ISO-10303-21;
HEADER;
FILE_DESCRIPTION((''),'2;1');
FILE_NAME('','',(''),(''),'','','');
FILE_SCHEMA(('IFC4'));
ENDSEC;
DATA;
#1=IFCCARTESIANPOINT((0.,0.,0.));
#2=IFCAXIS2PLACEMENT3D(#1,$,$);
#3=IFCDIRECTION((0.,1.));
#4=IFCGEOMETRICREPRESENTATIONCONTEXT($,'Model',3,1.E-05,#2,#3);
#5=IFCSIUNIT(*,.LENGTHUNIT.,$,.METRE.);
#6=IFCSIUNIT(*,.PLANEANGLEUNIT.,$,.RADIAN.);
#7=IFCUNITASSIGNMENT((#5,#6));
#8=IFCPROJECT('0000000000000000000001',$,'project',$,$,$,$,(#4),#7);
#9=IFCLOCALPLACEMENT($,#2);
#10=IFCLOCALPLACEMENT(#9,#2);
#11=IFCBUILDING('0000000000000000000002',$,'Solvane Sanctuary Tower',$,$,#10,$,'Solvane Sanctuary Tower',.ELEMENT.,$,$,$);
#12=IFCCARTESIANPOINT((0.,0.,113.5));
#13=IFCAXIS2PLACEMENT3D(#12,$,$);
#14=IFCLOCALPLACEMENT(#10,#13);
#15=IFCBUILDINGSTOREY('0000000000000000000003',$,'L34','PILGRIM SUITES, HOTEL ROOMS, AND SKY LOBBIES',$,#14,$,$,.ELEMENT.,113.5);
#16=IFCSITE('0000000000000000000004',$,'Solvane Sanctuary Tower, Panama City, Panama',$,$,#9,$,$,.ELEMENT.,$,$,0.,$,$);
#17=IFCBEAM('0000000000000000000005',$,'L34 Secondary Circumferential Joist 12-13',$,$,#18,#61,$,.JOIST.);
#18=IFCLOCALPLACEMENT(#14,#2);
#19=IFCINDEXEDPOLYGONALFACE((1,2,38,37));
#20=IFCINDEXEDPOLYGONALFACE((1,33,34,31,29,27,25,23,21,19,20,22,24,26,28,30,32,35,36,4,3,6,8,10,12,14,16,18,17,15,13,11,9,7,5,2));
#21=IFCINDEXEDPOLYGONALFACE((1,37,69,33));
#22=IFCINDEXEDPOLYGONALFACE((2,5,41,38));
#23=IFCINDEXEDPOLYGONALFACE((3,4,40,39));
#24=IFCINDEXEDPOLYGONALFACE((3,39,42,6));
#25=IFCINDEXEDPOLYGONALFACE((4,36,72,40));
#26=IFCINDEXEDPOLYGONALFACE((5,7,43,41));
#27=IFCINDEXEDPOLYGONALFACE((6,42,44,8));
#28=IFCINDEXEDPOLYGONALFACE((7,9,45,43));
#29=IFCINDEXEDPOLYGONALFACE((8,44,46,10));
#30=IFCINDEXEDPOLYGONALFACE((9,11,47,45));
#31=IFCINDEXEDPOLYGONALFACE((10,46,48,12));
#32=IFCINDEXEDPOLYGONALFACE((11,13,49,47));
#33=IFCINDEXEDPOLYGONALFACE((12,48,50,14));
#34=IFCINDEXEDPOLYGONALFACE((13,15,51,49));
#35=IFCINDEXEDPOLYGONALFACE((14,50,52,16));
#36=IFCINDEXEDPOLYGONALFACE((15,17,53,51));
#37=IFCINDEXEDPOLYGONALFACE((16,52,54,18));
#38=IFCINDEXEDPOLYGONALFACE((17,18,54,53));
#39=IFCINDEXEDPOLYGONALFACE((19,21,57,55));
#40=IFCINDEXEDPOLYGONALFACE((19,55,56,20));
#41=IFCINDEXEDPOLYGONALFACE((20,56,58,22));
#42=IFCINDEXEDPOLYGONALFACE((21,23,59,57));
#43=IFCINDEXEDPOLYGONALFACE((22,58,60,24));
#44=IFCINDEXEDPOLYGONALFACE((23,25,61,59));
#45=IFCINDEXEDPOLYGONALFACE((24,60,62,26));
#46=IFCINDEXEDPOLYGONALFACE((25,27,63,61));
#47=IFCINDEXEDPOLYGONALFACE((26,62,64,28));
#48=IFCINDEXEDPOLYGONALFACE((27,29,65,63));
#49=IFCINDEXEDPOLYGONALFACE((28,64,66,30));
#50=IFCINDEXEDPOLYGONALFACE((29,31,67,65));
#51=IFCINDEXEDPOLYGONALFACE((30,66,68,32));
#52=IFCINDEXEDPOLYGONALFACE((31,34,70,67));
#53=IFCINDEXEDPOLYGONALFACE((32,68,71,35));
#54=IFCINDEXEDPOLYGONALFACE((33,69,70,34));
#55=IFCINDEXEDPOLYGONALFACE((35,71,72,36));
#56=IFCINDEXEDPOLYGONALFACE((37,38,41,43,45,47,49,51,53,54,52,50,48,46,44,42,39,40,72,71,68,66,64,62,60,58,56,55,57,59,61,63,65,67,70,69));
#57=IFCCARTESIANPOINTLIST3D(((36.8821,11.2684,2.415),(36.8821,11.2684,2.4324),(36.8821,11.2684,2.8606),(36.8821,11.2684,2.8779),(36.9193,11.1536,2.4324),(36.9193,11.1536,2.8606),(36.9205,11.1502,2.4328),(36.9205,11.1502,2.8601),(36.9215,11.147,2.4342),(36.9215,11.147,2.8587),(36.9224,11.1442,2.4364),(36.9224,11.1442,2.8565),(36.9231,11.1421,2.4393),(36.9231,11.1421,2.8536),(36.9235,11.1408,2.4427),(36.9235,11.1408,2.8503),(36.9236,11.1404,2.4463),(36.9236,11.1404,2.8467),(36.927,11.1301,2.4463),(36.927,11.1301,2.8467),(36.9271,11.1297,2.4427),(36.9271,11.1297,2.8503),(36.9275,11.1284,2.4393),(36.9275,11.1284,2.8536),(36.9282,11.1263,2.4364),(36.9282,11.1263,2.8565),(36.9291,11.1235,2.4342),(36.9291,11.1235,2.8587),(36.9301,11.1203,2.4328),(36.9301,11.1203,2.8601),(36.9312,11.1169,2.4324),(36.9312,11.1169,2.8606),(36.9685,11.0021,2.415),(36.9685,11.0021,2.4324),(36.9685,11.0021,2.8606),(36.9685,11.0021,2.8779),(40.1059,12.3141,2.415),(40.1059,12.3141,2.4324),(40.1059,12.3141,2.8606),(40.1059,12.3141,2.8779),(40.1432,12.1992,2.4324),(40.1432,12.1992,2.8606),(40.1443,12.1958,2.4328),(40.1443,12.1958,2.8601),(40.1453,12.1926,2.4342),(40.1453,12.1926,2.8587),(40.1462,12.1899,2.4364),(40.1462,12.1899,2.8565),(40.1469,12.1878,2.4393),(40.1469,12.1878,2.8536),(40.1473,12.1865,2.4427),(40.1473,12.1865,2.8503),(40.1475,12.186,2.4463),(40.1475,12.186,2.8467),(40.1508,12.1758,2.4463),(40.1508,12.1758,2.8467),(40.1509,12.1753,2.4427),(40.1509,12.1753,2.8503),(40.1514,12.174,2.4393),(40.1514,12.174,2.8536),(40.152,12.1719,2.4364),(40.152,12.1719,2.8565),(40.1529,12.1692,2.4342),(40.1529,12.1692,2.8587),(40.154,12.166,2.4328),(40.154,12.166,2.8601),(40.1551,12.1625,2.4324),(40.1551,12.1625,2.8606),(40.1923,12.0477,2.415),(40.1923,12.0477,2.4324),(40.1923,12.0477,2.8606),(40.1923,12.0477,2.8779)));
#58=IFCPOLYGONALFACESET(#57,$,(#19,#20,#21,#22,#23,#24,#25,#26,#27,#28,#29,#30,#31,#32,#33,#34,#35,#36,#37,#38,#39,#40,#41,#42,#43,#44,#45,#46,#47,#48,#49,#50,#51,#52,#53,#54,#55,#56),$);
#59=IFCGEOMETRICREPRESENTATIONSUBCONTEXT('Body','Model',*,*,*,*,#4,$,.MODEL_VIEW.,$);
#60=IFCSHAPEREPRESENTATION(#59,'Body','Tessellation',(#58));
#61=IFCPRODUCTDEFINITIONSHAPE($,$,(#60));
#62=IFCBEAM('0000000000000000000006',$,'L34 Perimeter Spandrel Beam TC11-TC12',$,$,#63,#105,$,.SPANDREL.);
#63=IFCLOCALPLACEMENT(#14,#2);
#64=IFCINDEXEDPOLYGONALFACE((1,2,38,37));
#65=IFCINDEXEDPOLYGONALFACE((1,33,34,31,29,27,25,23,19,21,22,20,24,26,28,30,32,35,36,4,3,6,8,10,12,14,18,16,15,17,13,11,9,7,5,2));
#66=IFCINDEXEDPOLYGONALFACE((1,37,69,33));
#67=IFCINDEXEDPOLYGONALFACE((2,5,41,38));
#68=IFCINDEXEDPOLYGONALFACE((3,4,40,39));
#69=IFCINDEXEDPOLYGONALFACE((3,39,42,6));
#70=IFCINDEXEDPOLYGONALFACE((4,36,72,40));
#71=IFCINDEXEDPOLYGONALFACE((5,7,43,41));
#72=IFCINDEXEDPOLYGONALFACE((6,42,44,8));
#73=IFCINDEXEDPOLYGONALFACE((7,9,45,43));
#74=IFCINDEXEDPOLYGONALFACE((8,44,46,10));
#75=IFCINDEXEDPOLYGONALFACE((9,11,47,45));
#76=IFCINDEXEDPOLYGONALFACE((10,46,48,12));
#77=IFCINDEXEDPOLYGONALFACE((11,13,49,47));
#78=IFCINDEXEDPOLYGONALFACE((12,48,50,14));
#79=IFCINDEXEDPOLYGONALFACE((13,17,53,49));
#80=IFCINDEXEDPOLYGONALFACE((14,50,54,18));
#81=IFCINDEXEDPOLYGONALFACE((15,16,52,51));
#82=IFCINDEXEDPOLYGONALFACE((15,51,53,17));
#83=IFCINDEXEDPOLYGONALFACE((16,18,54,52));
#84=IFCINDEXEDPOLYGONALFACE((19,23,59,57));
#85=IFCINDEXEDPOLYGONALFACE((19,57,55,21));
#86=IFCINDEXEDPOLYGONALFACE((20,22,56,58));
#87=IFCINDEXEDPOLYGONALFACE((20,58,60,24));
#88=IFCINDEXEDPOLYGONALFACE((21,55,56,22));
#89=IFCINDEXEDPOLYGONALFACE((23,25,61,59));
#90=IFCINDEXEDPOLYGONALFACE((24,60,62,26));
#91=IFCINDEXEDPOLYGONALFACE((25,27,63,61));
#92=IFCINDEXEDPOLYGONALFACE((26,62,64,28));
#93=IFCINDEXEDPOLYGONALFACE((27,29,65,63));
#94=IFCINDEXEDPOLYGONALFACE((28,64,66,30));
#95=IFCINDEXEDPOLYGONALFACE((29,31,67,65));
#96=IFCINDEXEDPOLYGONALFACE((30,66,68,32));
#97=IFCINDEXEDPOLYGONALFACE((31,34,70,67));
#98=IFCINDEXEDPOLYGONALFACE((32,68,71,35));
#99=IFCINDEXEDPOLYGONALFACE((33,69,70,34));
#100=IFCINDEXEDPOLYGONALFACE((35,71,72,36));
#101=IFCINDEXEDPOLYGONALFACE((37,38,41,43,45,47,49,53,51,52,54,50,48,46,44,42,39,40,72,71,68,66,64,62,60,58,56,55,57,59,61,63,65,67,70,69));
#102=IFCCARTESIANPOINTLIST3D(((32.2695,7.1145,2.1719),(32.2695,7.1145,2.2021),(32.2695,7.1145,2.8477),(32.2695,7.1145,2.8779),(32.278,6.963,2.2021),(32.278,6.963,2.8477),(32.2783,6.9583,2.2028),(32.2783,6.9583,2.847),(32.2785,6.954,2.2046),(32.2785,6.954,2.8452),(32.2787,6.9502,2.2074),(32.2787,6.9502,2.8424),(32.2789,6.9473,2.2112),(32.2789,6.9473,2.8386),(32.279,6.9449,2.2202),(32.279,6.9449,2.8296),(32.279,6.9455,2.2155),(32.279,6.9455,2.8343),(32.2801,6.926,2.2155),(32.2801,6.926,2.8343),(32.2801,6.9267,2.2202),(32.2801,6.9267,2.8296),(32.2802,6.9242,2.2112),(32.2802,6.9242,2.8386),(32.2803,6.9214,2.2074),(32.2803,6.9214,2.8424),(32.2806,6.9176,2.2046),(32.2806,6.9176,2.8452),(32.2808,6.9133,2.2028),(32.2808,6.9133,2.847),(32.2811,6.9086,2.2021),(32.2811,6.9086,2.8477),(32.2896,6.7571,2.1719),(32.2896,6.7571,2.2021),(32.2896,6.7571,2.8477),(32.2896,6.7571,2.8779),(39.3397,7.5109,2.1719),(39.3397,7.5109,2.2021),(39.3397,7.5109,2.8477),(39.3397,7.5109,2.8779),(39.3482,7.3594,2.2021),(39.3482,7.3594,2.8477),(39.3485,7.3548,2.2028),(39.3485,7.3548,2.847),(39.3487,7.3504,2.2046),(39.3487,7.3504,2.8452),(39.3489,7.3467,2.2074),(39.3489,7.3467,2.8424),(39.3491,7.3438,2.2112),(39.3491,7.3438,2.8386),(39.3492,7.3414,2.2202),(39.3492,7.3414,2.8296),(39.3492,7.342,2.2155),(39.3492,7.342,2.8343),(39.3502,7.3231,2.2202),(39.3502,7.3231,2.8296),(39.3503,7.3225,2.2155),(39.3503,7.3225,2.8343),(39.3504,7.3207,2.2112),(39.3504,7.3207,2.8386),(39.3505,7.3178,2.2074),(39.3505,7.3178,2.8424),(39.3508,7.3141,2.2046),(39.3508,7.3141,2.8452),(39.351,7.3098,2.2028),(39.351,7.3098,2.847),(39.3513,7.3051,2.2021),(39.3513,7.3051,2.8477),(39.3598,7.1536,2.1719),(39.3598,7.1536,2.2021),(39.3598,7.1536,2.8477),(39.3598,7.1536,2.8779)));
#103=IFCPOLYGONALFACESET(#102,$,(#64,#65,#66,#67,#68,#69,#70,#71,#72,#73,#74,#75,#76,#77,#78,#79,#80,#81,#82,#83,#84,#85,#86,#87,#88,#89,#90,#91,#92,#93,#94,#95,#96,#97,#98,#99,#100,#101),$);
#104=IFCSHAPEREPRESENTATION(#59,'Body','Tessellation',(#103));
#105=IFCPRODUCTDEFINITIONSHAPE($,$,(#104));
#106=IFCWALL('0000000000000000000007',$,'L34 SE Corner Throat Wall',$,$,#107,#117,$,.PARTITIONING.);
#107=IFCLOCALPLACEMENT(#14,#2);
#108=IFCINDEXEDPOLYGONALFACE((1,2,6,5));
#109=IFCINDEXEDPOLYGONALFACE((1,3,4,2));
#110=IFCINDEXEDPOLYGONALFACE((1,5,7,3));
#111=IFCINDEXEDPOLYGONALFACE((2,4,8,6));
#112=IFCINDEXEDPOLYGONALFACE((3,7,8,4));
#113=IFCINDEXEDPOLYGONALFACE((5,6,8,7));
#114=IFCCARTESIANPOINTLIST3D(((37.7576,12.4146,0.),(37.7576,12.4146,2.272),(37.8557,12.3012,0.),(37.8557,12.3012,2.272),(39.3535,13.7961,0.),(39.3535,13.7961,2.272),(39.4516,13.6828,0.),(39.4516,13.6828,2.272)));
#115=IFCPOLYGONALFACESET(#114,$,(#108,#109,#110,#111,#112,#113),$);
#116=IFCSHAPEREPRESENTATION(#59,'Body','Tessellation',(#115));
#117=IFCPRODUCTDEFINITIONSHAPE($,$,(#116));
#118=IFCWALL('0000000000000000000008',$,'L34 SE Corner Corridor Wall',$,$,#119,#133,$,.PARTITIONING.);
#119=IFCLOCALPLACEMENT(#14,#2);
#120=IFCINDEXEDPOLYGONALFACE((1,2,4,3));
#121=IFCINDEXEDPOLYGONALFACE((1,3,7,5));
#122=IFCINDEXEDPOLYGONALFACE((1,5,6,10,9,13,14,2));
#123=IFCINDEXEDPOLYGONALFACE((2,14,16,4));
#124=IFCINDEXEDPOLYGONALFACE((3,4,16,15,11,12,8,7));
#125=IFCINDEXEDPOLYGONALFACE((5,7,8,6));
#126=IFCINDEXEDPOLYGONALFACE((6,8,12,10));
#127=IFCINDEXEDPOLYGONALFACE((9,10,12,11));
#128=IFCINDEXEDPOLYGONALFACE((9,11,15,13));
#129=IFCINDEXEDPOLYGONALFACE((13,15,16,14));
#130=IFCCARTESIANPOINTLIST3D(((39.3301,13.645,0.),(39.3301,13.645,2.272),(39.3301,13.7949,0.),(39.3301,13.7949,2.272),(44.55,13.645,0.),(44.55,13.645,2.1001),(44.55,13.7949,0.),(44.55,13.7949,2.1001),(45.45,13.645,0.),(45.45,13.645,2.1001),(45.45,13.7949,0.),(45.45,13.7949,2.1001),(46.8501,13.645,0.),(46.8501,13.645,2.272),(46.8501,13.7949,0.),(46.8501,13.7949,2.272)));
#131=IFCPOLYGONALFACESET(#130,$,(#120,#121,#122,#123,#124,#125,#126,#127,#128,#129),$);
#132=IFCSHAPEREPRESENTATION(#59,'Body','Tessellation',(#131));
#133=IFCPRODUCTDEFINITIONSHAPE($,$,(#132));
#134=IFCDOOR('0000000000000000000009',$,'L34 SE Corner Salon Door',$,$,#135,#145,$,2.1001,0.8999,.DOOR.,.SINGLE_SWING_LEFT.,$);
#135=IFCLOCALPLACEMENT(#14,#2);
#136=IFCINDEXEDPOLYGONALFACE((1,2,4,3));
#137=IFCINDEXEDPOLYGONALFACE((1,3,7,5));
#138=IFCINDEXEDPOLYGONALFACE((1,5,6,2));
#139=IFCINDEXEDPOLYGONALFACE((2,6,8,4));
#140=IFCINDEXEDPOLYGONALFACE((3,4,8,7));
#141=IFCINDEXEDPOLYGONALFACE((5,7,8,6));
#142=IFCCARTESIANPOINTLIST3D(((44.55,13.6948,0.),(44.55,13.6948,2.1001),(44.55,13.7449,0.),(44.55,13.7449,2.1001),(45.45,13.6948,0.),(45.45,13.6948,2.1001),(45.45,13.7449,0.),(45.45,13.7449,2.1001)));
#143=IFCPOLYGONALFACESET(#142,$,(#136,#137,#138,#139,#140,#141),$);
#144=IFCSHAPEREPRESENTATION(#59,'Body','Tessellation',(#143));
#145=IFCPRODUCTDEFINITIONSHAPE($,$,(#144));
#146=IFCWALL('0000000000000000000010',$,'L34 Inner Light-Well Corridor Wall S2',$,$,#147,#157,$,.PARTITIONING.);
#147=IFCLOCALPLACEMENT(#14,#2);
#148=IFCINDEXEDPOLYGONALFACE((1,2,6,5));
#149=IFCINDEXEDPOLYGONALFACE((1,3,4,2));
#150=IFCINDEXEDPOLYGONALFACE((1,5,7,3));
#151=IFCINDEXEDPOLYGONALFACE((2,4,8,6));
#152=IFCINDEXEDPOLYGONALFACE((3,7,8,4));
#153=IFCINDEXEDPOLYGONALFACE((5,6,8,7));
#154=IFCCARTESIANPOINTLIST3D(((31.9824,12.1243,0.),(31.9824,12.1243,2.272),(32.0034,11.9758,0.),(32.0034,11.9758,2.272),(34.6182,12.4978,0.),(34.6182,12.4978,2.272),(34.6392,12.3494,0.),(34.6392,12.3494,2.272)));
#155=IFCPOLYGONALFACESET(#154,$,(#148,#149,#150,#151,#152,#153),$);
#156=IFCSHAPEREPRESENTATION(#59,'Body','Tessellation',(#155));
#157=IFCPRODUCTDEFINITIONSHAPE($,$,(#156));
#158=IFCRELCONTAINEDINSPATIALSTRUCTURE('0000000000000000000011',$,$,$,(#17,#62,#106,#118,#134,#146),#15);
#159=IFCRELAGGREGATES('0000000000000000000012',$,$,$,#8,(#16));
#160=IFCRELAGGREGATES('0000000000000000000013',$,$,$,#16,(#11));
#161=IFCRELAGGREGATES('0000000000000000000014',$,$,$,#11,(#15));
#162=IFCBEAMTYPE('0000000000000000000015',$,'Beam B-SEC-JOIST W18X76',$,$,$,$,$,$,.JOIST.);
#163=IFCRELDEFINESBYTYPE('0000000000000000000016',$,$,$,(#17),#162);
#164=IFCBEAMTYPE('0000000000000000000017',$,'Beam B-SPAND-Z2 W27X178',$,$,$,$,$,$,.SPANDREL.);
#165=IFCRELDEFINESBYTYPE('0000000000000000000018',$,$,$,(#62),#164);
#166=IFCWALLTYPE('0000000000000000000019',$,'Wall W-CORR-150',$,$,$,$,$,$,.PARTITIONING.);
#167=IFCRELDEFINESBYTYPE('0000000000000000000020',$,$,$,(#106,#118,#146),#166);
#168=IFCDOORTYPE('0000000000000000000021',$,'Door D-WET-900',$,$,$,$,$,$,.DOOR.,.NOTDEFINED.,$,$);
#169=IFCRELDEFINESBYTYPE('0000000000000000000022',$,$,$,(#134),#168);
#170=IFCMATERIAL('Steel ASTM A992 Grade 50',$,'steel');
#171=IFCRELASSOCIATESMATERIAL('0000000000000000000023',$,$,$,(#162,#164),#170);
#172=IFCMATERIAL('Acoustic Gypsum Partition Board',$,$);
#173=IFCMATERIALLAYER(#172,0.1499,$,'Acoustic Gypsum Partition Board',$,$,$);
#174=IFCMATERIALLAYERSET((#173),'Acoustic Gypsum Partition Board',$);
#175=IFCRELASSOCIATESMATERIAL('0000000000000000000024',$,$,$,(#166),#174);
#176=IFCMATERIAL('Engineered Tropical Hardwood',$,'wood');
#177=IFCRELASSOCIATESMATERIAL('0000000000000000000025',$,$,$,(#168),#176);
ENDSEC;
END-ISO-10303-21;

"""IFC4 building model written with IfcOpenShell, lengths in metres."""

from ifc_helpers import new_model, si_unit, direction, frame, frame_2d, origin, origin_2d, place, context, subcontext, project, spatial, rectangle, i_section, extrude, material, layer, layer_set, material_profile, profile_set, type_object, element, fill, save


model = new_model("IFC4")

# Units and contexts
model_context = context("Model", 3, precision=1e-05, world=origin(), true_north=direction((0.0, 1.0)))
body_context = subcontext(model_context, "Body", "Model", "MODEL_VIEW")
ifc_project = project(units=[si_unit("LENGTHUNIT", "METRE"), si_unit("PLANEANGLEUNIT", "RADIAN")], contexts=[model_context])

# Site, building, storey
site_placement = place(None, origin())
site = spatial("IfcSite", under=ifc_project, at=site_placement, Name="Solvane Sanctuary Tower, Panama City, Panama", CompositionType="ELEMENT", RefElevation=0.0)
building_placement = place(site_placement, origin())
building = spatial("IfcBuilding", under=site, at=building_placement, Name="Solvane Sanctuary Tower", LongName="Solvane Sanctuary Tower", CompositionType="ELEMENT")
storey_placement = place(building_placement, frame((0.0, 0.0, 113.5)))
storey = spatial("IfcBuildingStorey", under=building, at=storey_placement, Name="L34", Description="PILGRIM SUITES, HOTEL ROOMS, AND SKY LOBBIES", CompositionType="ELEMENT", Elevation=113.5)

# Beams
ifc_material_1 = material(Name="Steel ASTM A992 Grade 50", Category="steel")
ifc_material_profile_1 = material_profile(ifc_material_1, i_section(OverallWidth=0.28, OverallDepth=0.4629, WebThickness=0.0107, FlangeThickness=0.0173, FilletRadius=0.0139, at=origin_2d()), Name="W18X76")
ifc_profile_set_1 = profile_set([ifc_material_profile_1], Name="Steel ASTM A992 Grade 50")
beam_type_1 = type_object("IfcBeamType", Name="Beam B-SEC-JOIST W18X76", PredefinedType="JOIST", material=ifc_profile_set_1)
beam_1_placement = place(storey_placement, frame((36.9253, 11.1353, 2.6465), z_axis=(0.951217, 0.308524, 0.0), x_axis=(-0.308524, 0.951217, 0.0)))
element("IfcBeam", 1, at=beam_1_placement, inside=storey, type_object=beam_type_1, Name="L34 Secondary Circumferential Joist 12-13", PredefinedType="JOIST", context=body_context, shape_type="SweptSolid", body=[
    extrude(i_section(OverallWidth=0.28, OverallDepth=0.4629, WebThickness=0.0107, FlangeThickness=0.0173, FilletRadius=0.0139, at=origin_2d()), origin(), (0.0, 0.0, 1.0), 3.3892),
])
ifc_material_profile_2 = material_profile(ifc_material_1, i_section(OverallWidth=0.3579, OverallDepth=0.7061, WebThickness=0.0183, FlangeThickness=0.0303, FilletRadius=0.0181, at=origin_2d()), Name="W27X178")
ifc_profile_set_2 = profile_set([ifc_material_profile_2], Name="Steel ASTM A992 Grade 50")
beam_type_2 = type_object("IfcBeamType", Name="Beam B-SPAND-Z2 W27X178", PredefinedType="SPANDREL", material=ifc_profile_set_2)
beam_2_placement = place(storey_placement, frame((32.2795, 6.9358, 2.5249), z_axis=(0.998431, 0.055989, 0.0), x_axis=(-0.055989, 0.998431, 0.0)))
element("IfcBeam", 2, at=beam_2_placement, inside=storey, type_object=beam_type_2, Name="L34 Perimeter Spandrel Beam TC11-TC12", PredefinedType="SPANDREL", context=body_context, shape_type="SweptSolid", body=[
    extrude(i_section(OverallWidth=0.3579, OverallDepth=0.7061, WebThickness=0.0183, FlangeThickness=0.0303, FilletRadius=0.0181, at=origin_2d()), origin(), (0.0, 0.0, 1.0), 7.0813),
])

# Wall
ifc_material_2 = material(Name="Acoustic Gypsum Partition Board")
ifc_layer_1 = layer(ifc_material_2, 0.1499, Name="Acoustic Gypsum Partition Board")
ifc_layer_set_1 = layer_set([ifc_layer_1], Name="Acoustic Gypsum Partition Board")
wall_type_1 = type_object("IfcWallType", Name="Wall W-CORR-150", PredefinedType="PARTITIONING", material=ifc_layer_set_1)
wall_1_placement = place(storey_placement, frame((37.8066, 12.3579, 0.0), z_axis=(0.0, 0.0, 1.0), x_axis=(0.756055, 0.654508, 0.0)))
element("IfcWall", 3, at=wall_1_placement, inside=storey, type_object=wall_type_1, Name="L34 SE Corner Throat Wall", PredefinedType="PARTITIONING", context=body_context, shape_type="SweptSolid", body=[
    extrude(rectangle(XDim=2.1108, YDim=0.1499, at=frame_2d((1.0554, 0.0))), origin(), (0.0, 0.0, 1.0), 2.272),
])

# Wall, opening, door
wall_2_placement = place(storey_placement, frame((39.3301, 13.72, 0.0), z_axis=(0.0, 0.0, 1.0), x_axis=(1.0, 0.0, 0.0)))
wall_2 = element("IfcWall", 4, at=wall_2_placement, inside=storey, type_object=wall_type_1, Name="L34 SE Corner Corridor Wall", PredefinedType="PARTITIONING", context=body_context, shape_type="SweptSolid", body=[
    extrude(rectangle(XDim=7.52, YDim=0.1499, at=frame_2d((3.76, 0.0))), origin(), (0.0, 0.0, 1.0), 2.272),
])
opening_1_placement = place(wall_2_placement, frame((5.22, 0.0, 0.0)))
opening_1 = element("IfcOpeningElement", 5, at=opening_1_placement, cuts=wall_2, PredefinedType="OPENING", context=body_context, shape_type="SweptSolid", body=[
    extrude(rectangle(XDim=0.8999, YDim=2.1001, at=frame_2d((0.45, 1.05))), frame((0.0, 0.085, 0.0), z_axis=(0.0, -1.0, 0.0), x_axis=(1.0, 0.0, 0.0)), (0.0, 0.0, 1.0), 0.1699),
])
ifc_material_3 = material(Name="Engineered Tropical Hardwood", Category="wood")
door_type_1 = type_object("IfcDoorType", Name="Door D-WET-900", OperationType="NOTDEFINED", PredefinedType="DOOR", material=ifc_material_3)
door_1_placement = place(opening_1_placement, origin())
door_1 = element("IfcDoor", 6, at=door_1_placement, inside=storey, type_object=door_type_1, Name="L34 SE Corner Salon Door", OperationType="SINGLE_SWING_LEFT", OverallHeight=2.1001, OverallWidth=0.8999, PredefinedType="DOOR", context=body_context, shape_type="SweptSolid", body=[
    extrude(rectangle(XDim=0.8999, YDim=2.1001, at=frame_2d((0.45, 1.05))), frame((0.0, 0.0249, 0.0), z_axis=(0.0, -1.0, 0.0), x_axis=(1.0, 0.0, 0.0)), (0.0, 0.0, 1.0), 0.05),
])
fill(opening_1, door_1)

# Wall
wall_3_placement = place(storey_placement, frame((31.9929, 12.05, 0.0), z_axis=(0.0, 0.0, 1.0), x_axis=(0.990107, 0.140317, 0.0)))
element("IfcWall", 7, at=wall_3_placement, inside=storey, type_object=wall_type_1, Name="L34 Inner Light-Well Corridor Wall S2", PredefinedType="PARTITIONING", context=body_context, shape_type="SweptSolid", body=[
    extrude(rectangle(XDim=2.6621, YDim=0.1499, at=frame_2d((1.3311, 0.0))), origin(), (0.0, 0.0, 1.0), 2.272),
])

save(model, "model.ifc")
